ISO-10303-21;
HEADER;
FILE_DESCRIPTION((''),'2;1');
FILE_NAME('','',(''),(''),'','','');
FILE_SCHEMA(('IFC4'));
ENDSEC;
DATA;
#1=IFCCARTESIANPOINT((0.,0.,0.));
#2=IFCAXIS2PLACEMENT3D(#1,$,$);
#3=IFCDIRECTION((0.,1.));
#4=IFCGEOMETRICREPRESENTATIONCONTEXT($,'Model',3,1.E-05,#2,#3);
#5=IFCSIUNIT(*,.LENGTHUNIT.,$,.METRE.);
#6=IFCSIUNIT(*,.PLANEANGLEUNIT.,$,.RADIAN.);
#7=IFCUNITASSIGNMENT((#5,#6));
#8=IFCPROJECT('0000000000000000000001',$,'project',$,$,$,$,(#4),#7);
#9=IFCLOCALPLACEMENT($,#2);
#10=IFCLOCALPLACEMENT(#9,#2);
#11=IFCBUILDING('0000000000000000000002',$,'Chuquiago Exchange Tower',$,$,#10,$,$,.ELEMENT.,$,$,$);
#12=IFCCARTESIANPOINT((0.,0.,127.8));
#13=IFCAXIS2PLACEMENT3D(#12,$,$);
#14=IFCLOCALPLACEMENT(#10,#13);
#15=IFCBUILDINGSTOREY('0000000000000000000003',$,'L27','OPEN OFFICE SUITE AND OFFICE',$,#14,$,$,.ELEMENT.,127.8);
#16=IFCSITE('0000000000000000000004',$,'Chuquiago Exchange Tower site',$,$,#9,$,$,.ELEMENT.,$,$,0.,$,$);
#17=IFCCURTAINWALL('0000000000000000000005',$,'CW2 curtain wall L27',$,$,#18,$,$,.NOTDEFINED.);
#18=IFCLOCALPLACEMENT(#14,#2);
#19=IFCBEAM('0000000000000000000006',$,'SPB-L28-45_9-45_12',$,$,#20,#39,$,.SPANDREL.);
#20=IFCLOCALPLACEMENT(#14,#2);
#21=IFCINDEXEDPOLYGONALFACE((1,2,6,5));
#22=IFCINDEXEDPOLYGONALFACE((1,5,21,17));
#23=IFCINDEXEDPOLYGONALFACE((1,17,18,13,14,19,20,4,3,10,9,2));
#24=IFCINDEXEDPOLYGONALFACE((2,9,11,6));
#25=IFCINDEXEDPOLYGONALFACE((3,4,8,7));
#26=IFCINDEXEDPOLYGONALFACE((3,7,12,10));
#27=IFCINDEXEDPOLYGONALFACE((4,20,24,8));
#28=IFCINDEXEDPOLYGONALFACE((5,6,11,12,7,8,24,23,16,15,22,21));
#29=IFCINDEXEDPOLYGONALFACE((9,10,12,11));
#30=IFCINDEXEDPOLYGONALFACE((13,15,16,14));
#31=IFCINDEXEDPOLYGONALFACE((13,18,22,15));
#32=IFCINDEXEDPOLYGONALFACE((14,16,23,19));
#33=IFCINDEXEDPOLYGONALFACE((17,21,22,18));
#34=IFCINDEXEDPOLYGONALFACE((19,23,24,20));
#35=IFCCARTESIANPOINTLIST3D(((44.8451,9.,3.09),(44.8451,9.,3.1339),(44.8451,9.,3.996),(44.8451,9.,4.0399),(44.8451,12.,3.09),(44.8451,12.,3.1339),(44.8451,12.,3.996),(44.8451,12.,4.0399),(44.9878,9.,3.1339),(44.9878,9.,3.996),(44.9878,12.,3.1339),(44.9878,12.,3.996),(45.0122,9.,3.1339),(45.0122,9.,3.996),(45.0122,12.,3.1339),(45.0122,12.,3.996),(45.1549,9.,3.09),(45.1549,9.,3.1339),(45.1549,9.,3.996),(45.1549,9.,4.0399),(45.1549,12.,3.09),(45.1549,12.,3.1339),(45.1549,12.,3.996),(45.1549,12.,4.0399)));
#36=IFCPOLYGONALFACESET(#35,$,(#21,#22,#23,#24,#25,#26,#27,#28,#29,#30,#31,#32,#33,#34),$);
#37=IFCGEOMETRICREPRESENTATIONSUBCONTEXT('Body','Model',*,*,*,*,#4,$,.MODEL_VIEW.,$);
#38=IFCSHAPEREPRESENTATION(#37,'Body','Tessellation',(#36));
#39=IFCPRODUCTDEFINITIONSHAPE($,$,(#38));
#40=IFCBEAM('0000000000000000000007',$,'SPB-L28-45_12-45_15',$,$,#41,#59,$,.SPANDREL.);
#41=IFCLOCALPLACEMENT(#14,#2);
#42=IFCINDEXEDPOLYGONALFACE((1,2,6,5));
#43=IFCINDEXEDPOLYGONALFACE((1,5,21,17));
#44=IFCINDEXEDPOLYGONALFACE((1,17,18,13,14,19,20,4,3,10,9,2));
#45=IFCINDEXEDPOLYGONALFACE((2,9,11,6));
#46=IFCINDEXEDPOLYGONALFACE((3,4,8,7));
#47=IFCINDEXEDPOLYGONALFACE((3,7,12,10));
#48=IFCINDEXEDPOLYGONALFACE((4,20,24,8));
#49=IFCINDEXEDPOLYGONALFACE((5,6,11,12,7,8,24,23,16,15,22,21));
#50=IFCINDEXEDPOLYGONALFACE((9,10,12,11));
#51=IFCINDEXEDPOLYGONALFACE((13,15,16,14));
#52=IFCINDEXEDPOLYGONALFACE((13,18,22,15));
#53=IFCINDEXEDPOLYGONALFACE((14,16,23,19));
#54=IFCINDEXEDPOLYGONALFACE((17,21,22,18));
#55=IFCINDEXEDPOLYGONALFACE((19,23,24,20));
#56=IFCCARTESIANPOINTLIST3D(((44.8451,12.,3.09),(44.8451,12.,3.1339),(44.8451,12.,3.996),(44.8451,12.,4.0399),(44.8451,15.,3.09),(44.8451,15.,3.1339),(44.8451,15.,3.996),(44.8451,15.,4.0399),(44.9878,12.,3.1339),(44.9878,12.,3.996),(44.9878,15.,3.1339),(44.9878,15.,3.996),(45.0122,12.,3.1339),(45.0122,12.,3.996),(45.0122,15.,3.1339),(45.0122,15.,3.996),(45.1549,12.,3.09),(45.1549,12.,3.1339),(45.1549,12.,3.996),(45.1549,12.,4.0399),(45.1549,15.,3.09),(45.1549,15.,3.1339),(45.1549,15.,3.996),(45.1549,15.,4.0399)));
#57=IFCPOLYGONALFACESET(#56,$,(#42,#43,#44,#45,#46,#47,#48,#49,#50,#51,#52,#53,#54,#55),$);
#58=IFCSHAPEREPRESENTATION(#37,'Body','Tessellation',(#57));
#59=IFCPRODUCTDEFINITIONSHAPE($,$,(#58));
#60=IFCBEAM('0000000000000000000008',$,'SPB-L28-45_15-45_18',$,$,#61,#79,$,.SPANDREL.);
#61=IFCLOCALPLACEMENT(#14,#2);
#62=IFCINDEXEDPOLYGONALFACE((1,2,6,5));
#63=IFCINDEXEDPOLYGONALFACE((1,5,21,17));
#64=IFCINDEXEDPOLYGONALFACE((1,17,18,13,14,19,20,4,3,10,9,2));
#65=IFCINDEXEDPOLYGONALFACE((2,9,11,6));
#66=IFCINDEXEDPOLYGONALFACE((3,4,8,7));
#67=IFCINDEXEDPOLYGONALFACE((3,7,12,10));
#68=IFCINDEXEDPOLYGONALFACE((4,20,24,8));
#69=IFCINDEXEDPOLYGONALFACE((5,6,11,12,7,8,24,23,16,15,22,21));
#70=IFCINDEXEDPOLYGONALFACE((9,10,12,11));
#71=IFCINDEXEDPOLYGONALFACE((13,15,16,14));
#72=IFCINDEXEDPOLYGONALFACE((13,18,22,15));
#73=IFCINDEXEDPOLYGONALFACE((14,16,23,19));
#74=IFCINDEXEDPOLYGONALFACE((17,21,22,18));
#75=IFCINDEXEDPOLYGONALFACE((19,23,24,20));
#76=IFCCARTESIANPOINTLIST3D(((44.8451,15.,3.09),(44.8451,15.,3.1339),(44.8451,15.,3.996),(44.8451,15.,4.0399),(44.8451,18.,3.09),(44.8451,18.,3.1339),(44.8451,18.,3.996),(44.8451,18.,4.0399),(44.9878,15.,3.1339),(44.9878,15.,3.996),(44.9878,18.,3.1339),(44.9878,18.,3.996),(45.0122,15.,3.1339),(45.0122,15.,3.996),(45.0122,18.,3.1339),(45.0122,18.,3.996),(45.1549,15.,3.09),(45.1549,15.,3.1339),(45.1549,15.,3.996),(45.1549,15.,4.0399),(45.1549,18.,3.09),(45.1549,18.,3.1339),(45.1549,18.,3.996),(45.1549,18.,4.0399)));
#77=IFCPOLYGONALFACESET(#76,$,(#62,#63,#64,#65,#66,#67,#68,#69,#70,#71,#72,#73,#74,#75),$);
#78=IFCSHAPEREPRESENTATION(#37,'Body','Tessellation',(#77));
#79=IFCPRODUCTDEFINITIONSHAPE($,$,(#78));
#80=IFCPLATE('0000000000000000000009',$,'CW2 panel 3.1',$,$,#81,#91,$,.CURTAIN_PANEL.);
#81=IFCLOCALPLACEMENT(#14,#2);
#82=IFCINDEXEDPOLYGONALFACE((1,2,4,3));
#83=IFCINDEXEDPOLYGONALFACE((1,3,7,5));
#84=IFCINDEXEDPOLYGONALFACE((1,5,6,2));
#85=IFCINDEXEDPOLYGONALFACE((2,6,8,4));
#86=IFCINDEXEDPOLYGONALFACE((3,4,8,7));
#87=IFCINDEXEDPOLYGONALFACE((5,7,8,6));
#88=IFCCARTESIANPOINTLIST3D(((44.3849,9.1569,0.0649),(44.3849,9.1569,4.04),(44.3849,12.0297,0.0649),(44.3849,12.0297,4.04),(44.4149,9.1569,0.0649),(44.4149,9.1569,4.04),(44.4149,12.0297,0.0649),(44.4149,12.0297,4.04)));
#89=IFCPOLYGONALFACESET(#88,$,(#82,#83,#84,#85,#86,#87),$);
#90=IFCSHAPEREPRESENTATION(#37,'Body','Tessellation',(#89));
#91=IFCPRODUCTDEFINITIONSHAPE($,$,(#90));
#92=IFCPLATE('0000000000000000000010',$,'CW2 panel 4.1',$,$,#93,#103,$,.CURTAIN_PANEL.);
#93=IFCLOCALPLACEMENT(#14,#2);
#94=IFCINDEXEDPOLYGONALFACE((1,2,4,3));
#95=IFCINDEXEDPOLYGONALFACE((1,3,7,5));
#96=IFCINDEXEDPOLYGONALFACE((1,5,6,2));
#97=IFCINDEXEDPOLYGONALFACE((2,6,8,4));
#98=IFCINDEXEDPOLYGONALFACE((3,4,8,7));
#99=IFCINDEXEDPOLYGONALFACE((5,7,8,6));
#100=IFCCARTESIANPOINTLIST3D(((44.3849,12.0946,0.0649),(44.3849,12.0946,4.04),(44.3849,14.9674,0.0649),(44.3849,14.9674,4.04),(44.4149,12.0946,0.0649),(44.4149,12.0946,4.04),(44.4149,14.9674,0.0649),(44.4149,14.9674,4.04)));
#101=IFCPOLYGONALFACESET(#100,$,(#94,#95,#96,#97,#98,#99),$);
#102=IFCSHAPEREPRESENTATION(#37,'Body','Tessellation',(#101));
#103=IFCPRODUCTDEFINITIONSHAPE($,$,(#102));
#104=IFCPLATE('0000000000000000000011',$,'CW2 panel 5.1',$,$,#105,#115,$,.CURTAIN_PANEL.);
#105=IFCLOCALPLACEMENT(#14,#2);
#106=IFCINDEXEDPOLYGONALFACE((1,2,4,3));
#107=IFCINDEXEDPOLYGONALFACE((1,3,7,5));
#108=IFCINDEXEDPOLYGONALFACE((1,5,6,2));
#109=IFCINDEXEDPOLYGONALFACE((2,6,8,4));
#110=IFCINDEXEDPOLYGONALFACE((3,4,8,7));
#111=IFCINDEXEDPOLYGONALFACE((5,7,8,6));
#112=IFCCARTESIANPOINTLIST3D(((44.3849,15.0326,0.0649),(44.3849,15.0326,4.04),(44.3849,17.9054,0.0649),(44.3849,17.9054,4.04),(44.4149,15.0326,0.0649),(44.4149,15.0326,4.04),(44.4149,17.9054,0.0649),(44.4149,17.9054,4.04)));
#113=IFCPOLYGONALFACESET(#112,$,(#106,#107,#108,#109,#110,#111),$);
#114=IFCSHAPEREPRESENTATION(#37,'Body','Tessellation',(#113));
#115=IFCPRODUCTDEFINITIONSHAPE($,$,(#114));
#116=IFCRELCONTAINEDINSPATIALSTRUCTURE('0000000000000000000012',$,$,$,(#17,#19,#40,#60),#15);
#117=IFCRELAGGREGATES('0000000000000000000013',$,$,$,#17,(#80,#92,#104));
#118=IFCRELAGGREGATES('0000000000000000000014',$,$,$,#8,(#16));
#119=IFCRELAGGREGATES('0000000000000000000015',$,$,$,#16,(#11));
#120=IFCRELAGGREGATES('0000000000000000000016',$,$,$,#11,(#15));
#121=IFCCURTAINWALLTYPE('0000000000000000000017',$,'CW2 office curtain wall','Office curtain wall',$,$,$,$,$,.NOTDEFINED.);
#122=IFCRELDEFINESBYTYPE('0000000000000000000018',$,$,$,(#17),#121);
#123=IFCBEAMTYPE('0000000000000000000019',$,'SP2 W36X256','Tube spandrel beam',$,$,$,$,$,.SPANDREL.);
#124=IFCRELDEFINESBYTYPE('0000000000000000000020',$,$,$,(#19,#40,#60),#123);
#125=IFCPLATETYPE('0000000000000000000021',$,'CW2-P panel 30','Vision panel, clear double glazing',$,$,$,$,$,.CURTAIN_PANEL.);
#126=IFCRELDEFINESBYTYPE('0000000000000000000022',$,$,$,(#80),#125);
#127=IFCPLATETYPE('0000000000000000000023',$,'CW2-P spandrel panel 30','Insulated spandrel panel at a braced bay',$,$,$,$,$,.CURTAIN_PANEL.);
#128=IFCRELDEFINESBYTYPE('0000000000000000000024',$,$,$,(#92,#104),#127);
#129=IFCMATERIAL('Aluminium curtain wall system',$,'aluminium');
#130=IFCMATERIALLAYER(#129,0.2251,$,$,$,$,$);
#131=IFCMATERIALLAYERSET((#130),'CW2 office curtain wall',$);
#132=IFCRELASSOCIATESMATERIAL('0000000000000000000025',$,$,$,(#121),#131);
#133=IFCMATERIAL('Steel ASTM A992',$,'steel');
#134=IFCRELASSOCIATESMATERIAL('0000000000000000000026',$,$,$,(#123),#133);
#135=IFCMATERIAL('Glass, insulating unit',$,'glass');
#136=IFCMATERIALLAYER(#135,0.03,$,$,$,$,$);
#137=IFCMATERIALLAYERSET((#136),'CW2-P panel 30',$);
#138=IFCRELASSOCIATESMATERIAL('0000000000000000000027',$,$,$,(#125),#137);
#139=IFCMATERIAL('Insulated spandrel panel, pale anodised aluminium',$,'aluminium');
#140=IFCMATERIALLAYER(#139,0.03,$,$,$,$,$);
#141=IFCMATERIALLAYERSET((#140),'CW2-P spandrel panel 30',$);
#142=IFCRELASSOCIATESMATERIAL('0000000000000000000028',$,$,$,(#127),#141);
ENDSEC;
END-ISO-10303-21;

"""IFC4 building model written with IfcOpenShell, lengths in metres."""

from ifc_helpers import new_model, si_unit, direction, frame, origin, origin_2d, place, context, subcontext, project, spatial, rectangle, i_section, extrude, material, layer, layer_set, material_profile, profile_set, type_object, element, aggregate, save


model = new_model("IFC4")

# Units and contexts
model_context = context("Model", 3, precision=1e-05, world=origin(), true_north=direction((0.0, 1.0)))
body_context = subcontext(model_context, "Body", "Model", "MODEL_VIEW")
ifc_project = project(units=[si_unit("LENGTHUNIT", "METRE"), si_unit("PLANEANGLEUNIT", "RADIAN")], contexts=[model_context])

# Site, building, storey
site_placement = place(None, origin())
site = spatial("IfcSite", under=ifc_project, at=site_placement, Name="Chuquiago Exchange Tower site", CompositionType="ELEMENT", RefElevation=0.0)
building_placement = place(site_placement, origin())
building = spatial("IfcBuilding", under=site, at=building_placement, Name="Chuquiago Exchange Tower", CompositionType="ELEMENT")
storey_placement = place(building_placement, frame((0.0, 0.0, 127.8)))
storey = spatial("IfcBuildingStorey", under=building, at=storey_placement, Name="L27", Description="OPEN OFFICE SUITE AND OFFICE", CompositionType="ELEMENT", Elevation=127.8)

# Curtain wall
ifc_material_1 = material(Name="Aluminium curtain wall system", Category="aluminium")
ifc_layer_1 = layer(ifc_material_1, 0.2251)
ifc_layer_set_1 = layer_set([ifc_layer_1], Name="CW2 office curtain wall")
curtain_wall_type = type_object("IfcCurtainWallType", Name="CW2 office curtain wall", Description="Office curtain wall", PredefinedType="NOTDEFINED", material=ifc_layer_set_1)
curtain_wall_placement = place(storey_placement, origin())
curtain_wall = element("IfcCurtainWall", 1, at=curtain_wall_placement, inside=storey, type_object=curtain_wall_type, Name="CW2 curtain wall L27", PredefinedType="NOTDEFINED")

# Beams
ifc_material_2 = material(Name="Steel ASTM A992", Category="steel")
ifc_material_profile_1 = material_profile(ifc_material_2, i_section(OverallWidth=0.3098, OverallDepth=0.95, WebThickness=0.0244, FlangeThickness=0.0439, at=origin_2d()), Name="W36X256")
ifc_profile_set_1 = profile_set([ifc_material_profile_1], Name="Steel ASTM A992")
beam_type = type_object("IfcBeamType", Name="SP2 W36X256", Description="Tube spandrel beam", PredefinedType="SPANDREL", material=ifc_profile_set_1)
for number, where, z_axis, x_axis, name in (
    (2, (45.0, 9.0, 3.5649), (0.0, 1.0, 0.0), (-1.0, 0.0, 0.0), "SPB-L28-45_9-45_12"),
    (3, (45.0, 12.0, 3.5649), (0.0, 1.0, 0.0), (-1.0, 0.0, 0.0), "SPB-L28-45_12-45_15"),
    (4, (45.0, 15.0, 3.5649), (0.0, 1.0, 0.0), (-1.0, 0.0, 0.0), "SPB-L28-45_15-45_18"),
):
    element("IfcBeam", number, at=place(storey_placement, frame(where, z_axis=z_axis, x_axis=x_axis)), inside=storey, type_object=beam_type, Name=name, PredefinedType="SPANDREL", context=body_context, shape_type="SweptSolid", body=[
        extrude(i_section(OverallWidth=0.3098, OverallDepth=0.95, WebThickness=0.0244, FlangeThickness=0.0439, at=origin_2d()), origin(), (0.0, 0.0, 1.0), 3.0),
    ])

# Plates
ifc_material_3 = material(Name="Glass, insulating unit", Category="glass")
ifc_layer_2 = layer(ifc_material_3, 0.03)
ifc_layer_set_2 = layer_set([ifc_layer_2], Name="CW2-P panel 30")
plate_type_1 = type_object("IfcPlateType", Name="CW2-P panel 30", Description="Vision panel, clear double glazing", PredefinedType="CURTAIN_PANEL", material=ifc_layer_set_2)
plate_1_placement = place(storey_placement, frame((44.3999, 10.5933, 0.0649), z_axis=(0.0, 0.0, 1.0), x_axis=(0.0, 1.0, 0.0)))
plate_1 = element("IfcPlate", 5, at=plate_1_placement, type_object=plate_type_1, Name="CW2 panel 3.1", PredefinedType="CURTAIN_PANEL", context=body_context, shape_type="SweptSolid", body=[
    extrude(rectangle(XDim=2.8728, YDim=0.03, at=origin_2d()), origin(), (0.0, 0.0, 1.0), 3.9751),
])
ifc_material_4 = material(Name="Insulated spandrel panel, pale anodised aluminium", Category="aluminium")
ifc_layer_3 = layer(ifc_material_4, 0.03)
ifc_layer_set_3 = layer_set([ifc_layer_3], Name="CW2-P spandrel panel 30")
plate_type_2 = type_object("IfcPlateType", Name="CW2-P spandrel panel 30", Description="Insulated spandrel panel at a braced bay", PredefinedType="CURTAIN_PANEL", material=ifc_layer_set_3)
plate_2_placement = place(storey_placement, frame((44.3999, 13.531, 0.0649), z_axis=(0.0, 0.0, 1.0), x_axis=(0.0, 1.0, 0.0)))
plate_2 = element("IfcPlate", 6, at=plate_2_placement, type_object=plate_type_2, Name="CW2 panel 4.1", PredefinedType="CURTAIN_PANEL", context=body_context, shape_type="SweptSolid", body=[
    extrude(rectangle(XDim=2.8728, YDim=0.03, at=origin_2d()), origin(), (0.0, 0.0, 1.0), 3.9751),
])
plate_3_placement = place(storey_placement, frame((44.3999, 16.469, 0.0649), z_axis=(0.0, 0.0, 1.0), x_axis=(0.0, 1.0, 0.0)))
plate_3 = element("IfcPlate", 7, at=plate_3_placement, type_object=plate_type_2, Name="CW2 panel 5.1", PredefinedType="CURTAIN_PANEL", context=body_context, shape_type="SweptSolid", body=[
    extrude(rectangle(XDim=2.8728, YDim=0.03, at=origin_2d()), origin(), (0.0, 0.0, 1.0), 3.9751),
])
aggregate(curtain_wall, [plate_1, plate_2, plate_3])

save(model, "model.ifc")
